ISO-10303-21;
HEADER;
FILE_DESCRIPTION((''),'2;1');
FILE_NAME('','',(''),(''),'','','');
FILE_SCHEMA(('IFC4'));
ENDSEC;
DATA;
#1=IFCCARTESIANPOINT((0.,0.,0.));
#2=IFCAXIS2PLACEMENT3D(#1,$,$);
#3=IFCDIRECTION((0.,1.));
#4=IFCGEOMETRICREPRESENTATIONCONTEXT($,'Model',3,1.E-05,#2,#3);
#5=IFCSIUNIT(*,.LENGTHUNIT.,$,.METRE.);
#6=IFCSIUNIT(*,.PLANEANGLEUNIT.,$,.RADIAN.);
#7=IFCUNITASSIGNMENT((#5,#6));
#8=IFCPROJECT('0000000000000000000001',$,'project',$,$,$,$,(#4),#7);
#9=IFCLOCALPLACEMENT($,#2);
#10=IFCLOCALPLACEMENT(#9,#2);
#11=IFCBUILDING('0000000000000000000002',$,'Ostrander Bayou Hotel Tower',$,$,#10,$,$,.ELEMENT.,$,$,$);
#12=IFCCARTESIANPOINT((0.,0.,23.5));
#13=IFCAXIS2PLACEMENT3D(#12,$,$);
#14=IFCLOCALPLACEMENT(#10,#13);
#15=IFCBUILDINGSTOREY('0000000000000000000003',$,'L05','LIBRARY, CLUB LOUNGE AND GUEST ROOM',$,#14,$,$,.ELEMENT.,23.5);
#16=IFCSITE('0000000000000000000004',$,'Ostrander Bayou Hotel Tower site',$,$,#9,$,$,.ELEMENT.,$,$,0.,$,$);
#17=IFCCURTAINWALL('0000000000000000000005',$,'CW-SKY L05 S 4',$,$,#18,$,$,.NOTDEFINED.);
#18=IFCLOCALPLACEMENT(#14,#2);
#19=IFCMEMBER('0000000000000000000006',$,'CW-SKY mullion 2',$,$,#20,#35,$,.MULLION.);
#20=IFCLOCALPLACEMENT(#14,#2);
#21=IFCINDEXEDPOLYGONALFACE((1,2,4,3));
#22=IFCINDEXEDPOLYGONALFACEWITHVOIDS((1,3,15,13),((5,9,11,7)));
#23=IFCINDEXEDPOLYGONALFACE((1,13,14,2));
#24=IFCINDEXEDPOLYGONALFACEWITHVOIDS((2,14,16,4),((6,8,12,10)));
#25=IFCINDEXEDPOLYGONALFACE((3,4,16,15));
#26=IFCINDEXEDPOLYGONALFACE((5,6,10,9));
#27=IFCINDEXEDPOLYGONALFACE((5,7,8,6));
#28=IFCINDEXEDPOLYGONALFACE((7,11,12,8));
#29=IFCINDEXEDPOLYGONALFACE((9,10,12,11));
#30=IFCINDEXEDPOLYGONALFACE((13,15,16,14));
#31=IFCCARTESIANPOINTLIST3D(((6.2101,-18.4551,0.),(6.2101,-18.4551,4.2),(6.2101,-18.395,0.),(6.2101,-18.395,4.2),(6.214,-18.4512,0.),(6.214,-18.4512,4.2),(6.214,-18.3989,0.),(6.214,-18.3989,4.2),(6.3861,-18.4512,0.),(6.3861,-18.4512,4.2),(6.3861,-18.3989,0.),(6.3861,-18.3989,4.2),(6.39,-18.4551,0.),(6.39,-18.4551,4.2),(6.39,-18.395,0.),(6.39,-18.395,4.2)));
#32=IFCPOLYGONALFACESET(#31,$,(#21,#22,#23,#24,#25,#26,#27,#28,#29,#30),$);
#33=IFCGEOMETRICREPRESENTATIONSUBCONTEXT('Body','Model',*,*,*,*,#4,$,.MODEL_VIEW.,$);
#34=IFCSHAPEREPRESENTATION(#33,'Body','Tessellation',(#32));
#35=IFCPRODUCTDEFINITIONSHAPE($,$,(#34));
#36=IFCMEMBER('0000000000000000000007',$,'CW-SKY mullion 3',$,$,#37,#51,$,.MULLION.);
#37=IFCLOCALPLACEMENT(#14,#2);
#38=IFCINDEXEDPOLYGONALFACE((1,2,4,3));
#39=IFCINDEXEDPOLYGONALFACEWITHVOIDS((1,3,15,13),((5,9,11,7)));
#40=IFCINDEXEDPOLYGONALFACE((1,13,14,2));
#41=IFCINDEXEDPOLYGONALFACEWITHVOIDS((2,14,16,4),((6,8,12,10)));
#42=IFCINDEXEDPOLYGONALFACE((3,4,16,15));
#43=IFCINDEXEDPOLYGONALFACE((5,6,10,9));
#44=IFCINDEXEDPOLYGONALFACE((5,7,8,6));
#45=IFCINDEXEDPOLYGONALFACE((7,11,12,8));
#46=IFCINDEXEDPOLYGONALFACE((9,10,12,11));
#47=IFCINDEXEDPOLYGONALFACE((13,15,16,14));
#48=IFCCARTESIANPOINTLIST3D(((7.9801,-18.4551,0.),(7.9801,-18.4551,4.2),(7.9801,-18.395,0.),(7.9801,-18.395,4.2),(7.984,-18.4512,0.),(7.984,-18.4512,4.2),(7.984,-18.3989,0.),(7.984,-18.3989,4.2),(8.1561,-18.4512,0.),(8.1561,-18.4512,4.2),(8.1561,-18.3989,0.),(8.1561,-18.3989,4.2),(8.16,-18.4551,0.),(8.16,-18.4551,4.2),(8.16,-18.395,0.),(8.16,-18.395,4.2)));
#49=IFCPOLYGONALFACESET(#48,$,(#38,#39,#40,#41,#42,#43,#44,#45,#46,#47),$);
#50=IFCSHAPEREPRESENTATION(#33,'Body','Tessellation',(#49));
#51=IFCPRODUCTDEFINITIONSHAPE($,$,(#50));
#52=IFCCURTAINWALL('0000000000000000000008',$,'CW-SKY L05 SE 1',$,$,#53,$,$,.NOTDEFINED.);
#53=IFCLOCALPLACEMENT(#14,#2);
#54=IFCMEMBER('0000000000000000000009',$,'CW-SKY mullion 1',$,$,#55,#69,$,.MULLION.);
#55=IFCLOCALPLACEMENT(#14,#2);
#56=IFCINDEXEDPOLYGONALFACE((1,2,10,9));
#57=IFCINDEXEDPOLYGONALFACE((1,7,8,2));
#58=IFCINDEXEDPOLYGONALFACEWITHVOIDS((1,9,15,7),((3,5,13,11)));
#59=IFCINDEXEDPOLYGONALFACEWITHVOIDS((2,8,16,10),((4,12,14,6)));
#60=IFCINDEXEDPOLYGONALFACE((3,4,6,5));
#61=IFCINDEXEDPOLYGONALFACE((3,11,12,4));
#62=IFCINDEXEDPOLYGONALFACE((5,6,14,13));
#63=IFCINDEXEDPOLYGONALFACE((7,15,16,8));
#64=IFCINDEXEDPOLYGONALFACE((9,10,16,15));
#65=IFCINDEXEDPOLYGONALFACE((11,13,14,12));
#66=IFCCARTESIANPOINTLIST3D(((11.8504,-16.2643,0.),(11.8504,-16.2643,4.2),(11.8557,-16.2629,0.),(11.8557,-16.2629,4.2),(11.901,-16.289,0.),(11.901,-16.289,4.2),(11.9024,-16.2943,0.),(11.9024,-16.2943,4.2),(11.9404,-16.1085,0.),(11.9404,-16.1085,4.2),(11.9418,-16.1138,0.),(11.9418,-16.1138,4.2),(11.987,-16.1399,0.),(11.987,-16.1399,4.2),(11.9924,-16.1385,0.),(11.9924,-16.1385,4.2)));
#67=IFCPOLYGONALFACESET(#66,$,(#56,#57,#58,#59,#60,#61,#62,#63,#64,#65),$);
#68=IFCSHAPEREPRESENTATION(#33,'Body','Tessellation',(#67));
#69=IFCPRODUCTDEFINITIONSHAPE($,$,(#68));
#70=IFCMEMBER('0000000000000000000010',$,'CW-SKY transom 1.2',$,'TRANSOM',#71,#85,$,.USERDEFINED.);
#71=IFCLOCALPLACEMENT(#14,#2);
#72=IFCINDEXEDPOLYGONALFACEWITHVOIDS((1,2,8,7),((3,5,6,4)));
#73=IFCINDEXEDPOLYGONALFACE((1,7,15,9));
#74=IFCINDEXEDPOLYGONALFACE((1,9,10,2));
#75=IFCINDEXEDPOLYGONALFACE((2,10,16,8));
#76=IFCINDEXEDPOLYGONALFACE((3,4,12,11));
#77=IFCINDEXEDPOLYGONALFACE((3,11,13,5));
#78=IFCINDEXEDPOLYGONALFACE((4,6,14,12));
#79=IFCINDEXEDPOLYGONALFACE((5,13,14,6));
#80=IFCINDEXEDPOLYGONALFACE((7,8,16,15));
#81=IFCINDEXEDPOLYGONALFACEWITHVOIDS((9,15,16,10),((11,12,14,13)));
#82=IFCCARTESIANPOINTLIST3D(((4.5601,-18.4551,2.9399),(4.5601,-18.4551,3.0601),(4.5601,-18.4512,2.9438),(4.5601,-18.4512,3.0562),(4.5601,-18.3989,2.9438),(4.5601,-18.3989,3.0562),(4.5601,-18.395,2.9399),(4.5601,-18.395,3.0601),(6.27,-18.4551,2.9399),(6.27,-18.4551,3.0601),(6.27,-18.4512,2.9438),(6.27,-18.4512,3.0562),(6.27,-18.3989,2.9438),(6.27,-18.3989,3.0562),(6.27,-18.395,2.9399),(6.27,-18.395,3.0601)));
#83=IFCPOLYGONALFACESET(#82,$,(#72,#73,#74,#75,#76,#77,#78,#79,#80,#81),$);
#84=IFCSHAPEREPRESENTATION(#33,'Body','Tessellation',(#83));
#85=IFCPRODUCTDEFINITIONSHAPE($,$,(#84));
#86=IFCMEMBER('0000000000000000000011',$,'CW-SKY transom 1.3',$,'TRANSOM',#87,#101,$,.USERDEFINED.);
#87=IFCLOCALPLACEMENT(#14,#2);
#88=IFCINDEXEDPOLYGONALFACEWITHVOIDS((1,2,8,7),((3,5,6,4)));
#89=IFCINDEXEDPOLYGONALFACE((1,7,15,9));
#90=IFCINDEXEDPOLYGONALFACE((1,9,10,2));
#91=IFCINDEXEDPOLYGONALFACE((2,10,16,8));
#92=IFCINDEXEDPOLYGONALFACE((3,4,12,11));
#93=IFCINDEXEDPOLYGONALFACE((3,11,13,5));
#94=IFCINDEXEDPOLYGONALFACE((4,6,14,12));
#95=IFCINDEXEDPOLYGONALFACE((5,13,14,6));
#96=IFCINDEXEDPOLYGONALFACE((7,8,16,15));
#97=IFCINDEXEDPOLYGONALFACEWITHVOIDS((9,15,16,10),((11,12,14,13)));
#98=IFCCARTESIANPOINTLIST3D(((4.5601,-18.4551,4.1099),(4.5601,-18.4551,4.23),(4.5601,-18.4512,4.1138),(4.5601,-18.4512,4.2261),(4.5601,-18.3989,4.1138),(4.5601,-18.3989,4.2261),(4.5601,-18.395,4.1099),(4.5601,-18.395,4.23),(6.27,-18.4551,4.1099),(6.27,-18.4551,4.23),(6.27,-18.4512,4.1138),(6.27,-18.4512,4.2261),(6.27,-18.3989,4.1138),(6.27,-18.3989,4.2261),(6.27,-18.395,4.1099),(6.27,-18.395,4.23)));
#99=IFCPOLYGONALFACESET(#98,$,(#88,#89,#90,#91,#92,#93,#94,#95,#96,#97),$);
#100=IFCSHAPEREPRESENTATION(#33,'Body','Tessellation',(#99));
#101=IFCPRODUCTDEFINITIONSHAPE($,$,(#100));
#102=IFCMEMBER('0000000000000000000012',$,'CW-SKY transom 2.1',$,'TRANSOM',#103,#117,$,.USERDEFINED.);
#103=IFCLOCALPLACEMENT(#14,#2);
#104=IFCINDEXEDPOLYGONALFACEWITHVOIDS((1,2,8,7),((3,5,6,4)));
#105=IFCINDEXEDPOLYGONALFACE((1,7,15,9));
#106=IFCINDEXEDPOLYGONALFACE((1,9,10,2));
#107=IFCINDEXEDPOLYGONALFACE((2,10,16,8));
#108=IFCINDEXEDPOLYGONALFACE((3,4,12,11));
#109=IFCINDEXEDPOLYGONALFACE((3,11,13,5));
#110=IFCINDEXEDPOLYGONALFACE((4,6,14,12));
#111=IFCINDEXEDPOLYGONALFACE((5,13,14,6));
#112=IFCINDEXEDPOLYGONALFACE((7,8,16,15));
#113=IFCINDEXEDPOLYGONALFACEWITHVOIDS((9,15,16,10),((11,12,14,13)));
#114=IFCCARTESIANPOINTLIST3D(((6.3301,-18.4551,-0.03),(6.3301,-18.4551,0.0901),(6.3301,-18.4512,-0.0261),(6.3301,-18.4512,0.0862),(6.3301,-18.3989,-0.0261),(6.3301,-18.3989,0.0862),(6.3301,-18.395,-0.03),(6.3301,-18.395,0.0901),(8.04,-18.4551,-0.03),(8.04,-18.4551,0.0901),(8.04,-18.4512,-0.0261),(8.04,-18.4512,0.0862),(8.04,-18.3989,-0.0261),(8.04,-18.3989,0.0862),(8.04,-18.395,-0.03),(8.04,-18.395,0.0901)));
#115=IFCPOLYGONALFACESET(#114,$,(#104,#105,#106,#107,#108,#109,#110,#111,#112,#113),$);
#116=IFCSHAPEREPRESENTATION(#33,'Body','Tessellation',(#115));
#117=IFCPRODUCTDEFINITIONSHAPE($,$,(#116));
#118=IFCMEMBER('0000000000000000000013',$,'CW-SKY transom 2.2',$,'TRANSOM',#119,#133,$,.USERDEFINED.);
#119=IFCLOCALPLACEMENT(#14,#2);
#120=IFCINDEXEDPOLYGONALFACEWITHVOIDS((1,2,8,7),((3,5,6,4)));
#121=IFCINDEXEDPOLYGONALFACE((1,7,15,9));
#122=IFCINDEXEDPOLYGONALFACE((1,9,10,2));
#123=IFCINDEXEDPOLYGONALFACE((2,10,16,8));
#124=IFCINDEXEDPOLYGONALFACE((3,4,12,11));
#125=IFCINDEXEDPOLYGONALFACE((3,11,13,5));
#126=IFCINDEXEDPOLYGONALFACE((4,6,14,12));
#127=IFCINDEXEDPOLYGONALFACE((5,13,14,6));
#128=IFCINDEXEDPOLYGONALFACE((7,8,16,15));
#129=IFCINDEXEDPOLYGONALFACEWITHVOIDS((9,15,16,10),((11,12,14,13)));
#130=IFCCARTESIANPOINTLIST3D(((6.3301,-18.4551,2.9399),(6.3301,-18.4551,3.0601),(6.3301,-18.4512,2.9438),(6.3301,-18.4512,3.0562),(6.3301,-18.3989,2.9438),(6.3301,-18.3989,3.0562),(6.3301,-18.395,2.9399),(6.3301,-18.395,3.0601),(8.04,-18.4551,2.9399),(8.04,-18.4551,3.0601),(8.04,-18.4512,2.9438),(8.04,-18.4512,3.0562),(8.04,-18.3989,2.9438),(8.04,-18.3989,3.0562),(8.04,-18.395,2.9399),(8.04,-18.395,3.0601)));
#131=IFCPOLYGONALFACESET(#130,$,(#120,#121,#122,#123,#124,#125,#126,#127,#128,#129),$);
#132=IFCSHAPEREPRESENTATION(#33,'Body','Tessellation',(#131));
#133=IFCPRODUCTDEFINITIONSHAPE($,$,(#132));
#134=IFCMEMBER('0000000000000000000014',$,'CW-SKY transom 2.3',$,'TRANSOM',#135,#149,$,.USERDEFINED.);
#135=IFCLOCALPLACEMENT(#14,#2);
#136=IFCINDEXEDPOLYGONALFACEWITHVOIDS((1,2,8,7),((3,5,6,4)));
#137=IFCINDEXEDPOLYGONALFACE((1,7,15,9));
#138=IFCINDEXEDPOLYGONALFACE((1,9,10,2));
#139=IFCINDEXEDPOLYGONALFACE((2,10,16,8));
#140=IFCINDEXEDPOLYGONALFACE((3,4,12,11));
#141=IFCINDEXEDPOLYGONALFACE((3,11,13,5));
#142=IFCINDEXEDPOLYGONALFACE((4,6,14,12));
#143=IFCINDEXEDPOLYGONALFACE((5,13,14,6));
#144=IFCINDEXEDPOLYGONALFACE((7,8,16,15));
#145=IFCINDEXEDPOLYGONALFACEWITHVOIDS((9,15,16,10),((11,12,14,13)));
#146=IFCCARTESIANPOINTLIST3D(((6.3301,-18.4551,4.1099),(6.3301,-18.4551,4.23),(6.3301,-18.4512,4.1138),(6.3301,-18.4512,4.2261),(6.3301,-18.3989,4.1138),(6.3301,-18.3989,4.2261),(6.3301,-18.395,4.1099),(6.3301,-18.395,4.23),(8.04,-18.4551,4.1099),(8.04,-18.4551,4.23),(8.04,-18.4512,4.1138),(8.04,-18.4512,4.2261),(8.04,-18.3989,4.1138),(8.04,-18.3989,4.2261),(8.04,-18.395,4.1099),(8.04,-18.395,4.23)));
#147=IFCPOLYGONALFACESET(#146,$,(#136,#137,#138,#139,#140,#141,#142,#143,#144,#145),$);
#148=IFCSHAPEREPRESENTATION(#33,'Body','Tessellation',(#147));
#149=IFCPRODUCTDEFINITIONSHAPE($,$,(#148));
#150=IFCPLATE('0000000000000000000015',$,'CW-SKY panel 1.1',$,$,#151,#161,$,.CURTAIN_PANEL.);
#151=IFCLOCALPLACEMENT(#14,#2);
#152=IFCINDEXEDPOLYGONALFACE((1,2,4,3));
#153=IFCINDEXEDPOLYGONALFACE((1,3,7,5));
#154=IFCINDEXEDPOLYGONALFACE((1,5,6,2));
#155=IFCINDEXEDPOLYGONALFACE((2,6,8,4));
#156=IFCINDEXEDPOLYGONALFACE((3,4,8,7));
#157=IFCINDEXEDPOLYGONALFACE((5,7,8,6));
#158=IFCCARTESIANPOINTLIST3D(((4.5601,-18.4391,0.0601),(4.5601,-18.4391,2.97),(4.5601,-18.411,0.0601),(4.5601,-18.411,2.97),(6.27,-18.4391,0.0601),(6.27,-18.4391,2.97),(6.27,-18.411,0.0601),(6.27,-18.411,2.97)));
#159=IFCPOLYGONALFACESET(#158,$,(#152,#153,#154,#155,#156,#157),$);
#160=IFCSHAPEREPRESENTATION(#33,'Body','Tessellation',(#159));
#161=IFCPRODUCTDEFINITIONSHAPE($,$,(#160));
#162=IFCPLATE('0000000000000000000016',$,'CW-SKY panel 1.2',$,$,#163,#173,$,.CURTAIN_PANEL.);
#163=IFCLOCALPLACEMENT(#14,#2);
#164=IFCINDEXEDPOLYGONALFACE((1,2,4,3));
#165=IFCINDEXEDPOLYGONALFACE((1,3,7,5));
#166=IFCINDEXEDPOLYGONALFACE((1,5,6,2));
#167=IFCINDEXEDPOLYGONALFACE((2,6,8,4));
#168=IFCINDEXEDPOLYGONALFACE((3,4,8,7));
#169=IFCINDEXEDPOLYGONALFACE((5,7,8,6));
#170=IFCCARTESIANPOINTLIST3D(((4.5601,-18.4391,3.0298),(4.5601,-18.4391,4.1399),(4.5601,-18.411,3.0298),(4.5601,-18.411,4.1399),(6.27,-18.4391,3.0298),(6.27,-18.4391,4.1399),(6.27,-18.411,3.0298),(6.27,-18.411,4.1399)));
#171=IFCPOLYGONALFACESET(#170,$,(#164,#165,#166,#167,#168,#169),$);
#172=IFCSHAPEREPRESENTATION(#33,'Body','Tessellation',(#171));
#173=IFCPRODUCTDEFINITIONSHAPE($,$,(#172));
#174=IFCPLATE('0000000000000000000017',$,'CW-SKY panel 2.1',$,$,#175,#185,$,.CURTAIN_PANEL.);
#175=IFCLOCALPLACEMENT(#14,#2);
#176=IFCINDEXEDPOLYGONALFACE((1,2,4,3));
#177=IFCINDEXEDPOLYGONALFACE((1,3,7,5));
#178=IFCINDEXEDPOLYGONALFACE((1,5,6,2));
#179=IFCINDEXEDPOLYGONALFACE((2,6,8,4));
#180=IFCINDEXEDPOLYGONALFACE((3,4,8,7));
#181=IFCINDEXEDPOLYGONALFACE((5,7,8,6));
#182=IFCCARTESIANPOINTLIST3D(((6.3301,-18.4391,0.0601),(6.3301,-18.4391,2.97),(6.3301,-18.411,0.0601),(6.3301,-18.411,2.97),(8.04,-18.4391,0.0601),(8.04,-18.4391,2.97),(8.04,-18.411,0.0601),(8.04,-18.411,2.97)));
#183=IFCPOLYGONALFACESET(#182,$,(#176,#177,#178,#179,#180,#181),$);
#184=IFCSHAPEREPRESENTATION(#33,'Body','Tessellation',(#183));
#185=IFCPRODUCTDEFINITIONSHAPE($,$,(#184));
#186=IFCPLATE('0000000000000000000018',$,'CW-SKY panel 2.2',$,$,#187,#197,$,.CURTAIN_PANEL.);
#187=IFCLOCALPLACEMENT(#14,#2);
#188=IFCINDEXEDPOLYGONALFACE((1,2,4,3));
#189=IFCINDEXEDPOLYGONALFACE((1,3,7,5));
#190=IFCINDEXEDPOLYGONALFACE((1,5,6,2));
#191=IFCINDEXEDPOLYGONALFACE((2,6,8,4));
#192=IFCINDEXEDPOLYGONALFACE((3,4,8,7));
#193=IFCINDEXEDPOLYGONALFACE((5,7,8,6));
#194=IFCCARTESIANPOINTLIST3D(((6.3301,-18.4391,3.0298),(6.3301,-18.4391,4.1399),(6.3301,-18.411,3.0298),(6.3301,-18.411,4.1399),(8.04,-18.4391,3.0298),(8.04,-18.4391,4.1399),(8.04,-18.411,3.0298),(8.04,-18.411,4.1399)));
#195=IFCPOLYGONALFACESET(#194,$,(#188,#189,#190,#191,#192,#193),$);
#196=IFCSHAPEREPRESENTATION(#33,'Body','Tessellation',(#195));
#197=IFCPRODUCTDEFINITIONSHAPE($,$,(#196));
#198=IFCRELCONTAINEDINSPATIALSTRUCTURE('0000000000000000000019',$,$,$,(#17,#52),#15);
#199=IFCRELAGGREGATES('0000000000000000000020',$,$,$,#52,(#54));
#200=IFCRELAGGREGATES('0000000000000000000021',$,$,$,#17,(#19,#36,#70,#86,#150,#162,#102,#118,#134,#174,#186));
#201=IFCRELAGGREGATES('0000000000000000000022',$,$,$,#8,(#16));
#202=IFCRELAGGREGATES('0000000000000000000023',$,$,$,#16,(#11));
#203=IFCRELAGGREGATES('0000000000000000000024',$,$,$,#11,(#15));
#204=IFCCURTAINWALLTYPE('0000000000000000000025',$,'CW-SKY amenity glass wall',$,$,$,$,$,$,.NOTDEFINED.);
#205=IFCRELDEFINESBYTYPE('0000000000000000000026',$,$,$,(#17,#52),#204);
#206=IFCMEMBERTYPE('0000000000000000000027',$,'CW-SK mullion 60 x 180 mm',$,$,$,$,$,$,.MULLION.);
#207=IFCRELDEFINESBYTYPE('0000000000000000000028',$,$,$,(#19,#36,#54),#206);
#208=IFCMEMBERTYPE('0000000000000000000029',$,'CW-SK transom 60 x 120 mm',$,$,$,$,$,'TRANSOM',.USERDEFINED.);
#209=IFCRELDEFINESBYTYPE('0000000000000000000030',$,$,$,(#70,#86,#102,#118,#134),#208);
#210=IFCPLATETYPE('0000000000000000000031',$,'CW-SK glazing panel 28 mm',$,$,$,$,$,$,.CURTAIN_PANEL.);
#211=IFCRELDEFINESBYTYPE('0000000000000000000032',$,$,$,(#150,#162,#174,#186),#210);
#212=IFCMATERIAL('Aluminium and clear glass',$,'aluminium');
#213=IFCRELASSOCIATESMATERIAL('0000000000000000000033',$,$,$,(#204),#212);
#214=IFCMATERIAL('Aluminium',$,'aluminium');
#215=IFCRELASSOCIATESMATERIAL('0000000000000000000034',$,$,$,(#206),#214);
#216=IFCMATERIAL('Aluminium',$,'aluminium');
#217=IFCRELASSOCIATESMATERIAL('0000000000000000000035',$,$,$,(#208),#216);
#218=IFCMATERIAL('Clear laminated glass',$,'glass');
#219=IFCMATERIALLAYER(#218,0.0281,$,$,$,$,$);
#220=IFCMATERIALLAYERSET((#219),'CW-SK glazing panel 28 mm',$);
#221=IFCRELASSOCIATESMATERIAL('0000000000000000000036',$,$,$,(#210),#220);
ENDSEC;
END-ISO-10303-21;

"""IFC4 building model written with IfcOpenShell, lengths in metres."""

from ifc_helpers import new_model, si_unit, direction, frame, origin, origin_2d, place, context, subcontext, project, spatial, rectangle, hollow_rectangle, extrude, material, layer, layer_set, material_profile, profile_set, type_object, element, aggregate, save


model = new_model("IFC4")

# Units and contexts
model_context = context("Model", 3, precision=1e-05, world=origin(), true_north=direction((0.0, 1.0)))
body_context = subcontext(model_context, "Body", "Model", "MODEL_VIEW")
ifc_project = project(units=[si_unit("LENGTHUNIT", "METRE"), si_unit("PLANEANGLEUNIT", "RADIAN")], contexts=[model_context])

# Site, building, storey
site_placement = place(None, origin())
site = spatial("IfcSite", under=ifc_project, at=site_placement, Name="Ostrander Bayou Hotel Tower site", CompositionType="ELEMENT", RefElevation=0.0)
building_placement = place(site_placement, origin())
building = spatial("IfcBuilding", under=site, at=building_placement, Name="Ostrander Bayou Hotel Tower", CompositionType="ELEMENT")
storey_placement = place(building_placement, frame((0.0, 0.0, 23.5)))
storey = spatial("IfcBuildingStorey", under=building, at=storey_placement, Name="L05", Description="LIBRARY, CLUB LOUNGE AND GUEST ROOM", CompositionType="ELEMENT", Elevation=23.5)

# Curtain wall, members
ifc_material_1 = material(Name="Aluminium and clear glass", Category="aluminium")
curtain_wall_type = type_object("IfcCurtainWallType", Name="CW-SKY amenity glass wall", PredefinedType="NOTDEFINED", material=ifc_material_1)
curtain_wall_1_placement = place(storey_placement, origin())
curtain_wall_1 = element("IfcCurtainWall", 1, at=curtain_wall_1_placement, inside=storey, type_object=curtain_wall_type, Name="CW-SKY L05 S 4", PredefinedType="NOTDEFINED")
ifc_material_2 = material(Name="Aluminium", Category="aluminium")
ifc_material_profile_1 = material_profile(ifc_material_2, hollow_rectangle(XDim=0.0601, YDim=0.1799, WallThickness=0.0039, at=origin_2d()))
ifc_profile_set_1 = profile_set([ifc_material_profile_1], Name="Aluminium")
member_type_1 = type_object("IfcMemberType", Name="CW-SK mullion 60 x 180 mm", PredefinedType="MULLION", material=ifc_profile_set_1)
member_1_placement = place(storey_placement, frame((6.3, -18.425, 0.0), z_axis=(0.0, 0.0, 1.0), x_axis=(0.0, 1.0, 0.0)))
member_1 = element("IfcMember", 2, at=member_1_placement, type_object=member_type_1, Name="CW-SKY mullion 2", PredefinedType="MULLION", context=body_context, shape_type="SweptSolid", body=[
    extrude(hollow_rectangle(XDim=0.0601, YDim=0.1799, WallThickness=0.0039, at=origin_2d()), origin(), (0.0, 0.0, 1.0), 4.2),
])
member_2_placement = place(storey_placement, frame((8.0701, -18.425, 0.0), z_axis=(0.0, 0.0, 1.0), x_axis=(0.0, 1.0, 0.0)))
member_2 = element("IfcMember", 3, at=member_2_placement, type_object=member_type_1, Name="CW-SKY mullion 3", PredefinedType="MULLION", context=body_context, shape_type="SweptSolid", body=[
    extrude(hollow_rectangle(XDim=0.0601, YDim=0.1799, WallThickness=0.0039, at=origin_2d()), origin(), (0.0, 0.0, 1.0), 4.2),
])

# Curtain wall, member
curtain_wall_2_placement = place(storey_placement, origin())
curtain_wall_2 = element("IfcCurtainWall", 4, at=curtain_wall_2_placement, inside=storey, type_object=curtain_wall_type, Name="CW-SKY L05 SE 1", PredefinedType="NOTDEFINED")
member_3_placement = place(storey_placement, frame((11.9214, -16.2014, 0.0), z_axis=(0.0, 0.0, 1.0), x_axis=(-0.866025, 0.5, 0.0)))
member_3 = element("IfcMember", 5, at=member_3_placement, type_object=member_type_1, Name="CW-SKY mullion 1", PredefinedType="MULLION", context=body_context, shape_type="SweptSolid", body=[
    extrude(hollow_rectangle(XDim=0.0601, YDim=0.1799, WallThickness=0.0039, at=origin_2d()), origin(), (0.0, 0.0, 1.0), 4.2),
])
aggregate(curtain_wall_2, [member_3])

# Members
ifc_material_3 = material(Name="Aluminium", Category="aluminium")
ifc_material_profile_2 = material_profile(ifc_material_3, hollow_rectangle(XDim=0.0601, YDim=0.1201, WallThickness=0.0039, at=origin_2d()))
ifc_profile_set_2 = profile_set([ifc_material_profile_2], Name="Aluminium")
member_type_2 = type_object("IfcMemberType", Name="CW-SK transom 60 x 120 mm", ElementType="TRANSOM", PredefinedType="USERDEFINED", material=ifc_profile_set_2)
member_4_placement = place(storey_placement, frame((4.5601, -18.425, 3.0), z_axis=(1.0, 0.0, 0.0), x_axis=(0.0, 1.0, 0.0)))
member_4 = element("IfcMember", 6, at=member_4_placement, type_object=member_type_2, Name="CW-SKY transom 1.2", ObjectType="TRANSOM", PredefinedType="USERDEFINED", context=body_context, shape_type="SweptSolid", body=[
    extrude(hollow_rectangle(XDim=0.0601, YDim=0.1201, WallThickness=0.0039, at=origin_2d()), origin(), (0.0, 0.0, 1.0), 1.71),
])
member_5_placement = place(storey_placement, frame((4.5601, -18.425, 4.1699), z_axis=(1.0, 0.0, 0.0), x_axis=(0.0, 1.0, 0.0)))
member_5 = element("IfcMember", 7, at=member_5_placement, type_object=member_type_2, Name="CW-SKY transom 1.3", ObjectType="TRANSOM", PredefinedType="USERDEFINED", context=body_context, shape_type="SweptSolid", body=[
    extrude(hollow_rectangle(XDim=0.0601, YDim=0.1201, WallThickness=0.0039, at=origin_2d()), origin(), (0.0, 0.0, 1.0), 1.71),
])
member_6_placement = place(storey_placement, frame((6.3301, -18.425, 0.03), z_axis=(1.0, 0.0, 0.0), x_axis=(0.0, 1.0, 0.0)))
member_6 = element("IfcMember", 8, at=member_6_placement, type_object=member_type_2, Name="CW-SKY transom 2.1", ObjectType="TRANSOM", PredefinedType="USERDEFINED", context=body_context, shape_type="SweptSolid", body=[
    extrude(hollow_rectangle(XDim=0.0601, YDim=0.1201, WallThickness=0.0039, at=origin_2d()), origin(), (0.0, 0.0, 1.0), 1.71),
])
member_7_placement = place(storey_placement, frame((6.3301, -18.425, 3.0), z_axis=(1.0, 0.0, 0.0), x_axis=(0.0, 1.0, 0.0)))
member_7 = element("IfcMember", 9, at=member_7_placement, type_object=member_type_2, Name="CW-SKY transom 2.2", ObjectType="TRANSOM", PredefinedType="USERDEFINED", context=body_context, shape_type="SweptSolid", body=[
    extrude(hollow_rectangle(XDim=0.0601, YDim=0.1201, WallThickness=0.0039, at=origin_2d()), origin(), (0.0, 0.0, 1.0), 1.71),
])
member_8_placement = place(storey_placement, frame((6.3301, -18.425, 4.1699), z_axis=(1.0, 0.0, 0.0), x_axis=(0.0, 1.0, 0.0)))
member_8 = element("IfcMember", 10, at=member_8_placement, type_object=member_type_2, Name="CW-SKY transom 2.3", ObjectType="TRANSOM", PredefinedType="USERDEFINED", context=body_context, shape_type="SweptSolid", body=[
    extrude(hollow_rectangle(XDim=0.0601, YDim=0.1201, WallThickness=0.0039, at=origin_2d()), origin(), (0.0, 0.0, 1.0), 1.71),
])

# Plates
ifc_material_4 = material(Name="Clear laminated glass", Category="glass")
ifc_layer_1 = layer(ifc_material_4, 0.0281)
ifc_layer_set_1 = layer_set([ifc_layer_1], Name="CW-SK glazing panel 28 mm")
plate_type = type_object("IfcPlateType", Name="CW-SK glazing panel 28 mm", PredefinedType="CURTAIN_PANEL", material=ifc_layer_set_1)
plate_1_placement = place(storey_placement, frame((5.415, -18.425, 0.0601), z_axis=(0.0, 0.0, 1.0), x_axis=(1.0, 0.0, 0.0)))
plate_1 = element("IfcPlate", 11, at=plate_1_placement, type_object=plate_type, Name="CW-SKY panel 1.1", PredefinedType="CURTAIN_PANEL", context=body_context, shape_type="SweptSolid", body=[
    extrude(rectangle(XDim=1.71, YDim=0.0281, at=origin_2d()), origin(), (0.0, 0.0, 1.0), 2.9099),
])
plate_2_placement = place(storey_placement, frame((5.415, -18.425, 3.0298), z_axis=(0.0, 0.0, 1.0), x_axis=(1.0, 0.0, 0.0)))
plate_2 = element("IfcPlate", 12, at=plate_2_placement, type_object=plate_type, Name="CW-SKY panel 1.2", PredefinedType="CURTAIN_PANEL", context=body_context, shape_type="SweptSolid", body=[
    extrude(rectangle(XDim=1.71, YDim=0.0281, at=origin_2d()), origin(), (0.0, 0.0, 1.0), 1.1101),
])
plate_3_placement = place(storey_placement, frame((7.1851, -18.425, 0.0601), z_axis=(0.0, 0.0, 1.0), x_axis=(1.0, 0.0, 0.0)))
plate_3 = element("IfcPlate", 13, at=plate_3_placement, type_object=plate_type, Name="CW-SKY panel 2.1", PredefinedType="CURTAIN_PANEL", context=body_context, shape_type="SweptSolid", body=[
    extrude(rectangle(XDim=1.71, YDim=0.0281, at=origin_2d()), origin(), (0.0, 0.0, 1.0), 2.9099),
])
plate_4_placement = place(storey_placement, frame((7.1851, -18.425, 3.0298), z_axis=(0.0, 0.0, 1.0), x_axis=(1.0, 0.0, 0.0)))
plate_4 = element("IfcPlate", 14, at=plate_4_placement, type_object=plate_type, Name="CW-SKY panel 2.2", PredefinedType="CURTAIN_PANEL", context=body_context, shape_type="SweptSolid", body=[
    extrude(rectangle(XDim=1.71, YDim=0.0281, at=origin_2d()), origin(), (0.0, 0.0, 1.0), 1.1101),
])
aggregate(curtain_wall_1, [member_1, member_2, member_4, member_5, plate_1, plate_2, member_6, member_7, member_8, plate_3, plate_4])

save(model, "model.ifc")
